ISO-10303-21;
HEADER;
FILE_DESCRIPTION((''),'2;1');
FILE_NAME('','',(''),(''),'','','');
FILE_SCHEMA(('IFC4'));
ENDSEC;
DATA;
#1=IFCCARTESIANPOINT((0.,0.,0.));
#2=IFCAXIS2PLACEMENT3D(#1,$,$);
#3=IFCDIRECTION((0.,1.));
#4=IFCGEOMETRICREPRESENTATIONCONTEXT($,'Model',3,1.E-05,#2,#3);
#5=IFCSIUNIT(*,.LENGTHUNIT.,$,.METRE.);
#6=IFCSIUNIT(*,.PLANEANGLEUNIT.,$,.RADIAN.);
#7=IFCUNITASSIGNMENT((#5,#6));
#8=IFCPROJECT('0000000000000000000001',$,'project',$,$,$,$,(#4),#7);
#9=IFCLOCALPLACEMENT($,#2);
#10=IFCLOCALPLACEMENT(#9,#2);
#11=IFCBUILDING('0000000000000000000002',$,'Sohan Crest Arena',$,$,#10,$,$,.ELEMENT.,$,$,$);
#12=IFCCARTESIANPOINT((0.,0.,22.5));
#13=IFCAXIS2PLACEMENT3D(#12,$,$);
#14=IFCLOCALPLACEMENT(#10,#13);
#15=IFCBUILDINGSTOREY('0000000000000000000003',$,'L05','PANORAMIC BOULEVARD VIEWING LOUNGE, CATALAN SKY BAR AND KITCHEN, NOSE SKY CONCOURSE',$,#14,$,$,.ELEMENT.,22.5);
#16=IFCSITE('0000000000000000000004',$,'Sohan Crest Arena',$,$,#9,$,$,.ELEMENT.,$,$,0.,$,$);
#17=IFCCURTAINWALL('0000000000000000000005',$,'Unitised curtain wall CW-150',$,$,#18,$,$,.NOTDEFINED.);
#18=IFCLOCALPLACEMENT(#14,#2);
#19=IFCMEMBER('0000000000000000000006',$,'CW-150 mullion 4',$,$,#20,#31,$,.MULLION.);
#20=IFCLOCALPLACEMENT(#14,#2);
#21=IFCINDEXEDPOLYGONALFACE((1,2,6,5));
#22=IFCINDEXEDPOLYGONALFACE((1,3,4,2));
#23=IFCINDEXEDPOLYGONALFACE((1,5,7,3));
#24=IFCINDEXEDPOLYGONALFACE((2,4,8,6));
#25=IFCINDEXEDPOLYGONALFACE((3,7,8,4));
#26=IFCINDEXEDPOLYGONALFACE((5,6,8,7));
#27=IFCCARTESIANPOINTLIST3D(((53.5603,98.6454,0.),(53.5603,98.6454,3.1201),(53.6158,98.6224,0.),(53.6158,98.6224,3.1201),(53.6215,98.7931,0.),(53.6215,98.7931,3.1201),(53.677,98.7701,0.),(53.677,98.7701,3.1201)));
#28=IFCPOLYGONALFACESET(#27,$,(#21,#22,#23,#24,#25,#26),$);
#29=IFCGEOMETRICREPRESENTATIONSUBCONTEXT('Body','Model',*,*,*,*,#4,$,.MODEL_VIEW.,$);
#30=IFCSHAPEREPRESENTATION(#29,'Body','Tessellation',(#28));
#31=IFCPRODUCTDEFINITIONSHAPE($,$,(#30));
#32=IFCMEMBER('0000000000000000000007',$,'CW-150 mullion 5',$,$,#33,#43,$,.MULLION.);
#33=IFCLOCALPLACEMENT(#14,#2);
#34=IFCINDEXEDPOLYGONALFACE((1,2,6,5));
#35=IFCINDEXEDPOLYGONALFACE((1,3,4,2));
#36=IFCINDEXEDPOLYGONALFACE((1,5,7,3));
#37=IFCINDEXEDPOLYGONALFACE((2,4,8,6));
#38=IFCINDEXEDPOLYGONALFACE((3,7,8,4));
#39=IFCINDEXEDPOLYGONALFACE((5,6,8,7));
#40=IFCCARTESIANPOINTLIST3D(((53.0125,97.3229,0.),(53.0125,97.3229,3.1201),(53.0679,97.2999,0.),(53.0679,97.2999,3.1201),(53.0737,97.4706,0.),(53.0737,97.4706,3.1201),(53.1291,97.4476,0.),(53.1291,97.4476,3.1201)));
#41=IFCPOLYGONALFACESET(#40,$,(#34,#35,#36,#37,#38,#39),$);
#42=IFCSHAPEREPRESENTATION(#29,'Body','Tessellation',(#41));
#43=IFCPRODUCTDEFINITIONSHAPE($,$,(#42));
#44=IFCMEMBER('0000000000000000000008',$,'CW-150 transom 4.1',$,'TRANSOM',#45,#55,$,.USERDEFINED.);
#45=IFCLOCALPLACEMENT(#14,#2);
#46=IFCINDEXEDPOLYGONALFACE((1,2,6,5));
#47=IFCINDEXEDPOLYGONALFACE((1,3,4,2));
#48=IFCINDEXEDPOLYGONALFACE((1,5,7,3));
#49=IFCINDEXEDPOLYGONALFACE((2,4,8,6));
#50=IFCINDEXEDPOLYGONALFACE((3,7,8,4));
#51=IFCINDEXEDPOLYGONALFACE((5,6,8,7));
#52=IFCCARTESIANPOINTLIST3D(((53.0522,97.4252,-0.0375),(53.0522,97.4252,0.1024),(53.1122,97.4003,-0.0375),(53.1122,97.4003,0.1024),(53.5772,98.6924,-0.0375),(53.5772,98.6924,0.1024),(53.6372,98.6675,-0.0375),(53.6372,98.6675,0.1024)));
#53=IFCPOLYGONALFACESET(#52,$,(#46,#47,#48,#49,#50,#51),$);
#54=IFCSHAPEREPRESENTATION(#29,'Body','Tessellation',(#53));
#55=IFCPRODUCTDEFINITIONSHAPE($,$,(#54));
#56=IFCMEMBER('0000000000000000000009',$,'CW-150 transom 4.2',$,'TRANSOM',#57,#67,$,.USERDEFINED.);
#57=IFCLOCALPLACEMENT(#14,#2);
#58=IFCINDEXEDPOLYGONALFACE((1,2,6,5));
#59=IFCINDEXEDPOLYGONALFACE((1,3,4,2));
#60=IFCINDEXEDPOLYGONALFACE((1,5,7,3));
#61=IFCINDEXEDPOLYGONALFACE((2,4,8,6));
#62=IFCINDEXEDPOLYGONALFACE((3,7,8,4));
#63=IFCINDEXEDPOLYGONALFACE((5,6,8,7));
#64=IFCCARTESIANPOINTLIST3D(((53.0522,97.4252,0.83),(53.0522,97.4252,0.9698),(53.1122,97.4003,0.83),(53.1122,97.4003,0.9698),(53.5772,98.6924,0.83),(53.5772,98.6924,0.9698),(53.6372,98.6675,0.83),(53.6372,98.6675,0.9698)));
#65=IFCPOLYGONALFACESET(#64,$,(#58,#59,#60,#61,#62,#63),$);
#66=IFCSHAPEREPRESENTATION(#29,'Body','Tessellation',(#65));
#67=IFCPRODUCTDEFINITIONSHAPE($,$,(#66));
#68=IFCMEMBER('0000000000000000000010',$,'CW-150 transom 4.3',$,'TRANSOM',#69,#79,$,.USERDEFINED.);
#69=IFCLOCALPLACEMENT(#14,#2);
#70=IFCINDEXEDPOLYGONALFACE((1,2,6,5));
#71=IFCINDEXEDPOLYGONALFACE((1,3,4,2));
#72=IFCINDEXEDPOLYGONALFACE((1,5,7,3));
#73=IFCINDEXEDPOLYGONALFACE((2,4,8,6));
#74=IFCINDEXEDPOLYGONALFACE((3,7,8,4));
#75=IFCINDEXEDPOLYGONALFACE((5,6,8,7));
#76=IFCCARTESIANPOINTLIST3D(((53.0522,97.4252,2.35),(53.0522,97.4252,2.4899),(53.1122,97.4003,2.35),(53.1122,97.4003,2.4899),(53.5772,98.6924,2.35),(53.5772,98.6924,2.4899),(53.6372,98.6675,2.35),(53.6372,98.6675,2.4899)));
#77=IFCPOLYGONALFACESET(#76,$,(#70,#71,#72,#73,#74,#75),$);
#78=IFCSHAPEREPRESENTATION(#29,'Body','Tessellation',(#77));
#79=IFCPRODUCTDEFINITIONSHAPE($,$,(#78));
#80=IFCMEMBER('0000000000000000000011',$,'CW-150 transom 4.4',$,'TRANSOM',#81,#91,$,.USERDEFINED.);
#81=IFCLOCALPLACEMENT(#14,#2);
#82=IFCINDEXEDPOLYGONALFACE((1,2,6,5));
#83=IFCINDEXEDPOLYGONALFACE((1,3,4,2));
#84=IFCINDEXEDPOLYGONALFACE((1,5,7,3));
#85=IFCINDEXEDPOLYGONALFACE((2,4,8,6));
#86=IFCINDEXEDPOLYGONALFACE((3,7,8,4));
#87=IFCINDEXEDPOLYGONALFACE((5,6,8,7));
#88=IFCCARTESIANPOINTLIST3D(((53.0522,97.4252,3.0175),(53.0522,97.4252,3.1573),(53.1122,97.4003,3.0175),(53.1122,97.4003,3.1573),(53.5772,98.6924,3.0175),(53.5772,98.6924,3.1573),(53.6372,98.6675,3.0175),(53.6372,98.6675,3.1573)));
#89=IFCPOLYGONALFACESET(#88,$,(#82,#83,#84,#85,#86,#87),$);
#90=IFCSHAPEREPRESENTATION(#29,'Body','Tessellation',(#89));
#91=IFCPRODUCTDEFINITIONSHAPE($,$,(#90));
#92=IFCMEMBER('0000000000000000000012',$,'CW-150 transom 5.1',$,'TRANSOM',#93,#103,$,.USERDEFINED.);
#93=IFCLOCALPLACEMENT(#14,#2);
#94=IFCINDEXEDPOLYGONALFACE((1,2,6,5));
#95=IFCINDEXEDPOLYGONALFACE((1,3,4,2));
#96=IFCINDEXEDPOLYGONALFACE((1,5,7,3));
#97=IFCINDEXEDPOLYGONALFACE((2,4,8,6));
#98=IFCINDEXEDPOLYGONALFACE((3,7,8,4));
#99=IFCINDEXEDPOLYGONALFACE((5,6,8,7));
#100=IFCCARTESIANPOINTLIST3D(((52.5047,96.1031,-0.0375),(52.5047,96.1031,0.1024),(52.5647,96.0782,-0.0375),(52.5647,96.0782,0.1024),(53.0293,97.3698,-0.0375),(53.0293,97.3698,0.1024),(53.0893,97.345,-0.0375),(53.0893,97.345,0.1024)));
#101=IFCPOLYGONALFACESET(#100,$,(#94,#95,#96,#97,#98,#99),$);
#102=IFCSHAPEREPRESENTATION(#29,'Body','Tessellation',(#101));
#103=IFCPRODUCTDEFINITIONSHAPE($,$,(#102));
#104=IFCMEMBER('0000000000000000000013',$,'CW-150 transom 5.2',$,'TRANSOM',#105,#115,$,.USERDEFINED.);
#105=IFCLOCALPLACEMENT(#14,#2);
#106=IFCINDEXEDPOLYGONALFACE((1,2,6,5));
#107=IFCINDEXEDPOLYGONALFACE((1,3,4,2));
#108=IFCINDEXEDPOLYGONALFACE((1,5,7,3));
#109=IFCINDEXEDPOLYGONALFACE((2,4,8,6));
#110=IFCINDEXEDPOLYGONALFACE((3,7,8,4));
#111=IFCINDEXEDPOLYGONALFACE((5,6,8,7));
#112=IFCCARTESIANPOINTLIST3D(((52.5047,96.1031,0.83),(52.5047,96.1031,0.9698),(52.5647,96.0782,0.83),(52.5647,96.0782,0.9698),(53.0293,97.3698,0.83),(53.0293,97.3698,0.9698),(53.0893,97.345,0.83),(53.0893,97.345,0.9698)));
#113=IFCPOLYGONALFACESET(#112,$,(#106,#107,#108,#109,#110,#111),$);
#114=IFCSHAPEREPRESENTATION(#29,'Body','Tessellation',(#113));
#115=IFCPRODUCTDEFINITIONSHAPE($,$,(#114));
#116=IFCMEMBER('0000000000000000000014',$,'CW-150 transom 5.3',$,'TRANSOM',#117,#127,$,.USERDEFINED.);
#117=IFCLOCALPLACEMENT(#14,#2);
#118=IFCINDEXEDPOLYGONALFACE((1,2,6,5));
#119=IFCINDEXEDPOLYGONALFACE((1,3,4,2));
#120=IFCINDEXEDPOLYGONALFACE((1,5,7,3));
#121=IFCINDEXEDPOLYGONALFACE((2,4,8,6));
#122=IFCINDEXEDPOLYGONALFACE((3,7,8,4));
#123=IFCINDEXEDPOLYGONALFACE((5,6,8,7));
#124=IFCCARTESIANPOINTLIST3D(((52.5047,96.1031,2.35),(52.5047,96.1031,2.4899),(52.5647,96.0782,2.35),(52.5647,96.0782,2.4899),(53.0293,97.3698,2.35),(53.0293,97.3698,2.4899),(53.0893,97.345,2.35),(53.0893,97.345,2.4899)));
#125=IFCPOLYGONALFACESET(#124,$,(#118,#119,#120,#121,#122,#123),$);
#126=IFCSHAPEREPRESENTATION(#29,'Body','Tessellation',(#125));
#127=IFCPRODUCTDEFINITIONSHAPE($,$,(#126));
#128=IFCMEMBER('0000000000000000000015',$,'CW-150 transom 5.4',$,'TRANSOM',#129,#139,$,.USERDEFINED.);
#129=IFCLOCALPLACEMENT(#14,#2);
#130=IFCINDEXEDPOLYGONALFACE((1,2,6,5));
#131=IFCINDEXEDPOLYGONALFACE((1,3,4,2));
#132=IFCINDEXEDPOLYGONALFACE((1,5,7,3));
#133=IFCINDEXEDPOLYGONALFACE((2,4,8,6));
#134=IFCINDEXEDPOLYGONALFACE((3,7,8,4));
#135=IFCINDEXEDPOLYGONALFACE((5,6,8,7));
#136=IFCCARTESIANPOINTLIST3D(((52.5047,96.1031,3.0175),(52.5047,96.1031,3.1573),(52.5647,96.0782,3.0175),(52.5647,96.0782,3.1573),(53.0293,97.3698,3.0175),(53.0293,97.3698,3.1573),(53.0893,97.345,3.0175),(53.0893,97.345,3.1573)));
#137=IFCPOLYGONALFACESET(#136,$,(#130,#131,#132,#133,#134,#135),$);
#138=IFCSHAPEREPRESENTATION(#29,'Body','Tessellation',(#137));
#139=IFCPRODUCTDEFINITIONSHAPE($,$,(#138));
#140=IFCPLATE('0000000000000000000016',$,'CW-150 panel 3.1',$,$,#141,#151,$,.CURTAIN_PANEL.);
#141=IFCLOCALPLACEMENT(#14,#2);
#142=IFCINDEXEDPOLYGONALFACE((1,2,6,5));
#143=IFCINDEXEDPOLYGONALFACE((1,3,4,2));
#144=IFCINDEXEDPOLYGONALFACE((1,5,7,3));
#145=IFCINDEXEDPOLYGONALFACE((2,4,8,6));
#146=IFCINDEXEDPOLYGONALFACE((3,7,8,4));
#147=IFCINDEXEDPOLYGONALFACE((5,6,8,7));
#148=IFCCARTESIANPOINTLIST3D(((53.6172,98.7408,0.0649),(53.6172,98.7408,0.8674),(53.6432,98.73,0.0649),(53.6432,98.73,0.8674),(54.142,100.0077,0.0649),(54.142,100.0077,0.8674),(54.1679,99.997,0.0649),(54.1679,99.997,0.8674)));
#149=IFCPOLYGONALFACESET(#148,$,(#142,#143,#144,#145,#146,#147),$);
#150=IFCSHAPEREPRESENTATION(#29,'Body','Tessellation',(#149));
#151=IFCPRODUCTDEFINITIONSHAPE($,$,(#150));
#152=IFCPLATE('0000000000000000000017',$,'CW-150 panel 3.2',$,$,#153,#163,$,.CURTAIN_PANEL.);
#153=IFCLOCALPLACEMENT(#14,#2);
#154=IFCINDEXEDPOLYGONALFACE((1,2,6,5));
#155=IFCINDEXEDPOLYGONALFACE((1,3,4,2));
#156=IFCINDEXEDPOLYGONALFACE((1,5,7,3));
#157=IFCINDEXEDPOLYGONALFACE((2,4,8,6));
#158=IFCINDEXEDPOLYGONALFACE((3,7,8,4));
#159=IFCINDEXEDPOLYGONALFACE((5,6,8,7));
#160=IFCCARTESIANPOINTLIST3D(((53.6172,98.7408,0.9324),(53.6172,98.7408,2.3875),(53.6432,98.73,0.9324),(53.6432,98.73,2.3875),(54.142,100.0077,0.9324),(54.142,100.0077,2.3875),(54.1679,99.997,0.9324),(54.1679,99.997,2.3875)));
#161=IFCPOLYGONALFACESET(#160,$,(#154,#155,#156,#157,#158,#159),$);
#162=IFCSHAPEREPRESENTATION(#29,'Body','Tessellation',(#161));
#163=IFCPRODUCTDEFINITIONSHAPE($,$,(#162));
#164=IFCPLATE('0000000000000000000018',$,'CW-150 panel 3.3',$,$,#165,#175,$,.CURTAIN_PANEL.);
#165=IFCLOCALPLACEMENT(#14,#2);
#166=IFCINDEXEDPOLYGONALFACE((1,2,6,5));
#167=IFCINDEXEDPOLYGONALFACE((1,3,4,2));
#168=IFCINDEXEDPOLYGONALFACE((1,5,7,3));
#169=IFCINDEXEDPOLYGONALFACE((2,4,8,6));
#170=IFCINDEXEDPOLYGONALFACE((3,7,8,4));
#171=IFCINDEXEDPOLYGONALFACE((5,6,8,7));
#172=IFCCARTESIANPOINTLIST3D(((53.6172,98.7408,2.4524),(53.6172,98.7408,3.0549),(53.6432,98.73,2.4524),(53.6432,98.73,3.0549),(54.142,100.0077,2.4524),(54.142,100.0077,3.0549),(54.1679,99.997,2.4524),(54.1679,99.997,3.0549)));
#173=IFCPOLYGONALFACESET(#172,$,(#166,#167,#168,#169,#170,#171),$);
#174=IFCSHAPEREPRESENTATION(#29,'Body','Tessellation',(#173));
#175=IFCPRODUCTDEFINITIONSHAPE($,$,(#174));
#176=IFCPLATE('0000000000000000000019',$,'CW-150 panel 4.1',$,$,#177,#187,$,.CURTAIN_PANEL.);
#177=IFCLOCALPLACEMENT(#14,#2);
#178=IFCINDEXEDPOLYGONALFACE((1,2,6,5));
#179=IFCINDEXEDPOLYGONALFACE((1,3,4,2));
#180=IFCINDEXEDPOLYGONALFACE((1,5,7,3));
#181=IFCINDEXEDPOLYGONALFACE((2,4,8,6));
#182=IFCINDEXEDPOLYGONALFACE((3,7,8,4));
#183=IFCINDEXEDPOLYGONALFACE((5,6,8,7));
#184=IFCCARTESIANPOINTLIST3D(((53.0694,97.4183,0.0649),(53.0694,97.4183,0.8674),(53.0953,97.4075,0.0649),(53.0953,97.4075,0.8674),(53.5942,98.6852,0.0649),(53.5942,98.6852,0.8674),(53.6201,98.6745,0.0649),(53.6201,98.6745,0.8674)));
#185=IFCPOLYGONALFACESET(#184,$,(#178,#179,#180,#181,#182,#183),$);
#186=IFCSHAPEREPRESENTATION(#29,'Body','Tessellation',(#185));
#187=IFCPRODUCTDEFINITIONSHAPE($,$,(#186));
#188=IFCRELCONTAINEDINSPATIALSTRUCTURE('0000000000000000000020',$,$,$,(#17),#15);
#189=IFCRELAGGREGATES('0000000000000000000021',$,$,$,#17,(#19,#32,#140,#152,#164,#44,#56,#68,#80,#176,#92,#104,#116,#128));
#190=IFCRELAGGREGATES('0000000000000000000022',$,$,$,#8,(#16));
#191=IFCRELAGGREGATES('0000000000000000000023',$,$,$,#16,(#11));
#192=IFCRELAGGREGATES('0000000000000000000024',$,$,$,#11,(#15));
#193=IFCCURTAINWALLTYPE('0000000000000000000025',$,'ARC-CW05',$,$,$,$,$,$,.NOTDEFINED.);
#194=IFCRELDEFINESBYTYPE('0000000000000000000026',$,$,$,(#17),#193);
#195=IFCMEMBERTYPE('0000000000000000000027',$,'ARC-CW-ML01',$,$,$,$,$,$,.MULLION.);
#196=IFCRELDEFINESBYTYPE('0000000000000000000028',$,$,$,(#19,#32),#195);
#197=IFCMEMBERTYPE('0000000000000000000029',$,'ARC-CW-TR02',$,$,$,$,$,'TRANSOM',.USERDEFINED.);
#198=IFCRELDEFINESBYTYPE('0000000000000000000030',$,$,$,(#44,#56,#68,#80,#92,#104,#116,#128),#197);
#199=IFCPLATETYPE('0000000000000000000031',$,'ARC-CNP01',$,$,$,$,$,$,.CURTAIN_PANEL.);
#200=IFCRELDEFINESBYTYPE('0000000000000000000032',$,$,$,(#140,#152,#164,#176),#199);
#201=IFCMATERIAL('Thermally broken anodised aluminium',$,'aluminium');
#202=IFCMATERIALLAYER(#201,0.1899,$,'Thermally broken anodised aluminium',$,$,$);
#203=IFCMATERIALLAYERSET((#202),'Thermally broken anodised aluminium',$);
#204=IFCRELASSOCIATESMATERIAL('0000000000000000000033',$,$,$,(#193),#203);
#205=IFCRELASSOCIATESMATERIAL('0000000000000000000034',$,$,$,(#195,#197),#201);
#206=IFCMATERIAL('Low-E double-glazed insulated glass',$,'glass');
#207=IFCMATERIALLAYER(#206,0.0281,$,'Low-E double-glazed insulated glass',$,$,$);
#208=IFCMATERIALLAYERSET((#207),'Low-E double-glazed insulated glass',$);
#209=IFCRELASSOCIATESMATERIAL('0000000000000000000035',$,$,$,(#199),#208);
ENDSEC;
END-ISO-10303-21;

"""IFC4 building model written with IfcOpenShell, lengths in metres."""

from ifc_helpers import new_model, si_unit, direction, frame, origin, origin_2d, place, context, subcontext, project, spatial, rectangle, extrude, material, layer, layer_set, material_profile, profile_set, type_object, element, aggregate, save


model = new_model("IFC4")

# Units and contexts
model_context = context("Model", 3, precision=1e-05, world=origin(), true_north=direction((0.0, 1.0)))
body_context = subcontext(model_context, "Body", "Model", "MODEL_VIEW")
ifc_project = project(units=[si_unit("LENGTHUNIT", "METRE"), si_unit("PLANEANGLEUNIT", "RADIAN")], contexts=[model_context])

# Site, building, storey
site_placement = place(None, origin())
site = spatial("IfcSite", under=ifc_project, at=site_placement, Name="Sohan Crest Arena", CompositionType="ELEMENT", RefElevation=0.0)
building_placement = place(site_placement, origin())
building = spatial("IfcBuilding", under=site, at=building_placement, Name="Sohan Crest Arena", CompositionType="ELEMENT")
storey_placement = place(building_placement, frame((0.0, 0.0, 22.5)))
storey = spatial("IfcBuildingStorey", under=building, at=storey_placement, Name="L05", Description="PANORAMIC BOULEVARD VIEWING LOUNGE, CATALAN SKY BAR AND KITCHEN, NOSE SKY CONCOURSE", CompositionType="ELEMENT", Elevation=22.5)

# Curtain wall, members, plates
ifc_material_1 = material(Name="Thermally broken anodised aluminium", Category="aluminium")
ifc_layer_1 = layer(ifc_material_1, 0.1899, Name="Thermally broken anodised aluminium")
ifc_layer_set_1 = layer_set([ifc_layer_1], Name="Thermally broken anodised aluminium")
curtain_wall_type = type_object("IfcCurtainWallType", Name="ARC-CW05", PredefinedType="NOTDEFINED", material=ifc_layer_set_1)
curtain_wall_placement = place(storey_placement, origin())
curtain_wall = element("IfcCurtainWall", 1, at=curtain_wall_placement, inside=storey, type_object=curtain_wall_type, Name="Unitised curtain wall CW-150", PredefinedType="NOTDEFINED")
ifc_material_profile_1 = material_profile(ifc_material_1, rectangle(XDim=0.0601, YDim=0.1599, at=origin_2d()), Name="ALU-MULL 60x160")
ifc_profile_set_1 = profile_set([ifc_material_profile_1], Name="Thermally broken anodised aluminium")
member_type_1 = type_object("IfcMemberType", Name="ARC-CW-ML01", PredefinedType="MULLION", material=ifc_profile_set_1)
member_1_placement = place(storey_placement, frame((53.6187, 98.7078, 0.0), z_axis=(0.0, 0.0, 1.0), x_axis=(0.923879, -0.382685, 0.0)))
member_1 = element("IfcMember", 2, at=member_1_placement, type_object=member_type_1, Name="CW-150 mullion 4", PredefinedType="MULLION", context=body_context, shape_type="SweptSolid", body=[
    extrude(rectangle(XDim=0.0601, YDim=0.1599, at=origin_2d()), origin(), (0.0, 0.0, 1.0), 3.1201),
])
member_2_placement = place(storey_placement, frame((53.0708, 97.3853, 0.0), z_axis=(0.0, 0.0, 1.0), x_axis=(0.923879, -0.382685, 0.0)))
member_2 = element("IfcMember", 3, at=member_2_placement, type_object=member_type_1, Name="CW-150 mullion 5", PredefinedType="MULLION", context=body_context, shape_type="SweptSolid", body=[
    extrude(rectangle(XDim=0.0601, YDim=0.1599, at=origin_2d()), origin(), (0.0, 0.0, 1.0), 3.1201),
])
ifc_material_profile_2 = material_profile(ifc_material_1, rectangle(XDim=0.0649, YDim=0.1399, at=origin_2d()), Name="ALU-TRAN 65x140")
ifc_profile_set_2 = profile_set([ifc_material_profile_2], Name="Thermally broken anodised aluminium")
member_type_2 = type_object("IfcMemberType", Name="ARC-CW-TR02", ElementType="TRANSOM", PredefinedType="USERDEFINED", material=ifc_profile_set_2)
member_3_placement = place(storey_placement, frame((53.6072, 98.6799, 0.0325), z_axis=(-0.382719, -0.923865, 0.0), x_axis=(0.923865, -0.382719, 0.0)))
member_3 = element("IfcMember", 4, at=member_3_placement, type_object=member_type_2, Name="CW-150 transom 4.1", ObjectType="TRANSOM", PredefinedType="USERDEFINED", context=body_context, shape_type="SweptSolid", body=[
    extrude(rectangle(XDim=0.0649, YDim=0.1399, at=origin_2d()), origin(), (0.0, 0.0, 1.0), 1.3716),
])
member_4_placement = place(storey_placement, frame((53.6072, 98.6799, 0.8999), z_axis=(-0.382719, -0.923865, 0.0), x_axis=(0.923865, -0.382719, 0.0)))
member_4 = element("IfcMember", 5, at=member_4_placement, type_object=member_type_2, Name="CW-150 transom 4.2", ObjectType="TRANSOM", PredefinedType="USERDEFINED", context=body_context, shape_type="SweptSolid", body=[
    extrude(rectangle(XDim=0.0649, YDim=0.1399, at=origin_2d()), origin(), (0.0, 0.0, 1.0), 1.3716),
])
member_5_placement = place(storey_placement, frame((53.6072, 98.6799, 2.4199), z_axis=(-0.382719, -0.923865, 0.0), x_axis=(0.923865, -0.382719, 0.0)))
member_5 = element("IfcMember", 6, at=member_5_placement, type_object=member_type_2, Name="CW-150 transom 4.3", ObjectType="TRANSOM", PredefinedType="USERDEFINED", context=body_context, shape_type="SweptSolid", body=[
    extrude(rectangle(XDim=0.0649, YDim=0.1399, at=origin_2d()), origin(), (0.0, 0.0, 1.0), 1.3716),
])
member_6_placement = place(storey_placement, frame((53.6072, 98.6799, 3.0874), z_axis=(-0.382719, -0.923865, 0.0), x_axis=(0.923865, -0.382719, 0.0)))
member_6 = element("IfcMember", 7, at=member_6_placement, type_object=member_type_2, Name="CW-150 transom 4.4", ObjectType="TRANSOM", PredefinedType="USERDEFINED", context=body_context, shape_type="SweptSolid", body=[
    extrude(rectangle(XDim=0.0649, YDim=0.1399, at=origin_2d()), origin(), (0.0, 0.0, 1.0), 1.3716),
])
member_7_placement = place(storey_placement, frame((53.0593, 97.3574, 0.0325), z_axis=(-0.38263, -0.923902, 0.0), x_axis=(0.923902, -0.38263, 0.0)))
member_7 = element("IfcMember", 8, at=member_7_placement, type_object=member_type_2, Name="CW-150 transom 5.1", ObjectType="TRANSOM", PredefinedType="USERDEFINED", context=body_context, shape_type="SweptSolid", body=[
    extrude(rectangle(XDim=0.0649, YDim=0.1399, at=origin_2d()), origin(), (0.0, 0.0, 1.0), 1.3711),
])
member_8_placement = place(storey_placement, frame((53.0593, 97.3574, 0.8999), z_axis=(-0.38263, -0.923902, 0.0), x_axis=(0.923902, -0.38263, 0.0)))
member_8 = element("IfcMember", 9, at=member_8_placement, type_object=member_type_2, Name="CW-150 transom 5.2", ObjectType="TRANSOM", PredefinedType="USERDEFINED", context=body_context, shape_type="SweptSolid", body=[
    extrude(rectangle(XDim=0.0649, YDim=0.1399, at=origin_2d()), origin(), (0.0, 0.0, 1.0), 1.3711),
])
member_9_placement = place(storey_placement, frame((53.0593, 97.3574, 2.4199), z_axis=(-0.38263, -0.923902, 0.0), x_axis=(0.923902, -0.38263, 0.0)))
member_9 = element("IfcMember", 10, at=member_9_placement, type_object=member_type_2, Name="CW-150 transom 5.3", ObjectType="TRANSOM", PredefinedType="USERDEFINED", context=body_context, shape_type="SweptSolid", body=[
    extrude(rectangle(XDim=0.0649, YDim=0.1399, at=origin_2d()), origin(), (0.0, 0.0, 1.0), 1.3711),
])
member_10_placement = place(storey_placement, frame((53.0593, 97.3574, 3.0874), z_axis=(-0.38263, -0.923902, 0.0), x_axis=(0.923902, -0.38263, 0.0)))
member_10 = element("IfcMember", 11, at=member_10_placement, type_object=member_type_2, Name="CW-150 transom 5.4", ObjectType="TRANSOM", PredefinedType="USERDEFINED", context=body_context, shape_type="SweptSolid", body=[
    extrude(rectangle(XDim=0.0649, YDim=0.1399, at=origin_2d()), origin(), (0.0, 0.0, 1.0), 1.3711),
])
ifc_material_2 = material(Name="Low-E double-glazed insulated glass", Category="glass")
ifc_layer_2 = layer(ifc_material_2, 0.0281, Name="Low-E double-glazed insulated glass")
ifc_layer_set_2 = layer_set([ifc_layer_2], Name="Low-E double-glazed insulated glass")
plate_type = type_object("IfcPlateType", Name="ARC-CNP01", PredefinedType="CURTAIN_PANEL", material=ifc_layer_set_2)
plate_1_placement = place(storey_placement, frame((53.8926, 99.3689, 0.0649), z_axis=(0.0, 0.0, 1.0), x_axis=(-0.382685, -0.923879, 0.0)))
plate_1 = element("IfcPlate", 12, at=plate_1_placement, type_object=plate_type, Name="CW-150 panel 3.1", PredefinedType="CURTAIN_PANEL", context=body_context, shape_type="SweptSolid", body=[
    extrude(rectangle(XDim=1.3713, YDim=0.0281, at=origin_2d()), origin(), (0.0, 0.0, 1.0), 0.8025),
])
plate_2_placement = place(storey_placement, frame((53.8926, 99.3689, 0.9324), z_axis=(0.0, 0.0, 1.0), x_axis=(-0.382685, -0.923879, 0.0)))
plate_2 = element("IfcPlate", 13, at=plate_2_placement, type_object=plate_type, Name="CW-150 panel 3.2", PredefinedType="CURTAIN_PANEL", context=body_context, shape_type="SweptSolid", body=[
    extrude(rectangle(XDim=1.3713, YDim=0.0281, at=origin_2d()), origin(), (0.0, 0.0, 1.0), 1.4551),
])
plate_3_placement = place(storey_placement, frame((53.8926, 99.3689, 2.4524), z_axis=(0.0, 0.0, 1.0), x_axis=(-0.382685, -0.923879, 0.0)))
plate_3 = element("IfcPlate", 14, at=plate_3_placement, type_object=plate_type, Name="CW-150 panel 3.3", PredefinedType="CURTAIN_PANEL", context=body_context, shape_type="SweptSolid", body=[
    extrude(rectangle(XDim=1.3713, YDim=0.0281, at=origin_2d()), origin(), (0.0, 0.0, 1.0), 0.6025),
])
plate_4_placement = place(storey_placement, frame((53.3447, 98.0464, 0.0649), z_axis=(0.0, 0.0, 1.0), x_axis=(-0.382685, -0.923879, 0.0)))
plate_4 = element("IfcPlate", 15, at=plate_4_placement, type_object=plate_type, Name="CW-150 panel 4.1", PredefinedType="CURTAIN_PANEL", context=body_context, shape_type="SweptSolid", body=[
    extrude(rectangle(XDim=1.3713, YDim=0.0281, at=origin_2d()), origin(), (0.0, 0.0, 1.0), 0.8025),
])
aggregate(curtain_wall, [member_1, member_2, plate_1, plate_2, plate_3, member_3, member_4, member_5, member_6, plate_4, member_7, member_8, member_9, member_10])

save(model, "model.ifc")
